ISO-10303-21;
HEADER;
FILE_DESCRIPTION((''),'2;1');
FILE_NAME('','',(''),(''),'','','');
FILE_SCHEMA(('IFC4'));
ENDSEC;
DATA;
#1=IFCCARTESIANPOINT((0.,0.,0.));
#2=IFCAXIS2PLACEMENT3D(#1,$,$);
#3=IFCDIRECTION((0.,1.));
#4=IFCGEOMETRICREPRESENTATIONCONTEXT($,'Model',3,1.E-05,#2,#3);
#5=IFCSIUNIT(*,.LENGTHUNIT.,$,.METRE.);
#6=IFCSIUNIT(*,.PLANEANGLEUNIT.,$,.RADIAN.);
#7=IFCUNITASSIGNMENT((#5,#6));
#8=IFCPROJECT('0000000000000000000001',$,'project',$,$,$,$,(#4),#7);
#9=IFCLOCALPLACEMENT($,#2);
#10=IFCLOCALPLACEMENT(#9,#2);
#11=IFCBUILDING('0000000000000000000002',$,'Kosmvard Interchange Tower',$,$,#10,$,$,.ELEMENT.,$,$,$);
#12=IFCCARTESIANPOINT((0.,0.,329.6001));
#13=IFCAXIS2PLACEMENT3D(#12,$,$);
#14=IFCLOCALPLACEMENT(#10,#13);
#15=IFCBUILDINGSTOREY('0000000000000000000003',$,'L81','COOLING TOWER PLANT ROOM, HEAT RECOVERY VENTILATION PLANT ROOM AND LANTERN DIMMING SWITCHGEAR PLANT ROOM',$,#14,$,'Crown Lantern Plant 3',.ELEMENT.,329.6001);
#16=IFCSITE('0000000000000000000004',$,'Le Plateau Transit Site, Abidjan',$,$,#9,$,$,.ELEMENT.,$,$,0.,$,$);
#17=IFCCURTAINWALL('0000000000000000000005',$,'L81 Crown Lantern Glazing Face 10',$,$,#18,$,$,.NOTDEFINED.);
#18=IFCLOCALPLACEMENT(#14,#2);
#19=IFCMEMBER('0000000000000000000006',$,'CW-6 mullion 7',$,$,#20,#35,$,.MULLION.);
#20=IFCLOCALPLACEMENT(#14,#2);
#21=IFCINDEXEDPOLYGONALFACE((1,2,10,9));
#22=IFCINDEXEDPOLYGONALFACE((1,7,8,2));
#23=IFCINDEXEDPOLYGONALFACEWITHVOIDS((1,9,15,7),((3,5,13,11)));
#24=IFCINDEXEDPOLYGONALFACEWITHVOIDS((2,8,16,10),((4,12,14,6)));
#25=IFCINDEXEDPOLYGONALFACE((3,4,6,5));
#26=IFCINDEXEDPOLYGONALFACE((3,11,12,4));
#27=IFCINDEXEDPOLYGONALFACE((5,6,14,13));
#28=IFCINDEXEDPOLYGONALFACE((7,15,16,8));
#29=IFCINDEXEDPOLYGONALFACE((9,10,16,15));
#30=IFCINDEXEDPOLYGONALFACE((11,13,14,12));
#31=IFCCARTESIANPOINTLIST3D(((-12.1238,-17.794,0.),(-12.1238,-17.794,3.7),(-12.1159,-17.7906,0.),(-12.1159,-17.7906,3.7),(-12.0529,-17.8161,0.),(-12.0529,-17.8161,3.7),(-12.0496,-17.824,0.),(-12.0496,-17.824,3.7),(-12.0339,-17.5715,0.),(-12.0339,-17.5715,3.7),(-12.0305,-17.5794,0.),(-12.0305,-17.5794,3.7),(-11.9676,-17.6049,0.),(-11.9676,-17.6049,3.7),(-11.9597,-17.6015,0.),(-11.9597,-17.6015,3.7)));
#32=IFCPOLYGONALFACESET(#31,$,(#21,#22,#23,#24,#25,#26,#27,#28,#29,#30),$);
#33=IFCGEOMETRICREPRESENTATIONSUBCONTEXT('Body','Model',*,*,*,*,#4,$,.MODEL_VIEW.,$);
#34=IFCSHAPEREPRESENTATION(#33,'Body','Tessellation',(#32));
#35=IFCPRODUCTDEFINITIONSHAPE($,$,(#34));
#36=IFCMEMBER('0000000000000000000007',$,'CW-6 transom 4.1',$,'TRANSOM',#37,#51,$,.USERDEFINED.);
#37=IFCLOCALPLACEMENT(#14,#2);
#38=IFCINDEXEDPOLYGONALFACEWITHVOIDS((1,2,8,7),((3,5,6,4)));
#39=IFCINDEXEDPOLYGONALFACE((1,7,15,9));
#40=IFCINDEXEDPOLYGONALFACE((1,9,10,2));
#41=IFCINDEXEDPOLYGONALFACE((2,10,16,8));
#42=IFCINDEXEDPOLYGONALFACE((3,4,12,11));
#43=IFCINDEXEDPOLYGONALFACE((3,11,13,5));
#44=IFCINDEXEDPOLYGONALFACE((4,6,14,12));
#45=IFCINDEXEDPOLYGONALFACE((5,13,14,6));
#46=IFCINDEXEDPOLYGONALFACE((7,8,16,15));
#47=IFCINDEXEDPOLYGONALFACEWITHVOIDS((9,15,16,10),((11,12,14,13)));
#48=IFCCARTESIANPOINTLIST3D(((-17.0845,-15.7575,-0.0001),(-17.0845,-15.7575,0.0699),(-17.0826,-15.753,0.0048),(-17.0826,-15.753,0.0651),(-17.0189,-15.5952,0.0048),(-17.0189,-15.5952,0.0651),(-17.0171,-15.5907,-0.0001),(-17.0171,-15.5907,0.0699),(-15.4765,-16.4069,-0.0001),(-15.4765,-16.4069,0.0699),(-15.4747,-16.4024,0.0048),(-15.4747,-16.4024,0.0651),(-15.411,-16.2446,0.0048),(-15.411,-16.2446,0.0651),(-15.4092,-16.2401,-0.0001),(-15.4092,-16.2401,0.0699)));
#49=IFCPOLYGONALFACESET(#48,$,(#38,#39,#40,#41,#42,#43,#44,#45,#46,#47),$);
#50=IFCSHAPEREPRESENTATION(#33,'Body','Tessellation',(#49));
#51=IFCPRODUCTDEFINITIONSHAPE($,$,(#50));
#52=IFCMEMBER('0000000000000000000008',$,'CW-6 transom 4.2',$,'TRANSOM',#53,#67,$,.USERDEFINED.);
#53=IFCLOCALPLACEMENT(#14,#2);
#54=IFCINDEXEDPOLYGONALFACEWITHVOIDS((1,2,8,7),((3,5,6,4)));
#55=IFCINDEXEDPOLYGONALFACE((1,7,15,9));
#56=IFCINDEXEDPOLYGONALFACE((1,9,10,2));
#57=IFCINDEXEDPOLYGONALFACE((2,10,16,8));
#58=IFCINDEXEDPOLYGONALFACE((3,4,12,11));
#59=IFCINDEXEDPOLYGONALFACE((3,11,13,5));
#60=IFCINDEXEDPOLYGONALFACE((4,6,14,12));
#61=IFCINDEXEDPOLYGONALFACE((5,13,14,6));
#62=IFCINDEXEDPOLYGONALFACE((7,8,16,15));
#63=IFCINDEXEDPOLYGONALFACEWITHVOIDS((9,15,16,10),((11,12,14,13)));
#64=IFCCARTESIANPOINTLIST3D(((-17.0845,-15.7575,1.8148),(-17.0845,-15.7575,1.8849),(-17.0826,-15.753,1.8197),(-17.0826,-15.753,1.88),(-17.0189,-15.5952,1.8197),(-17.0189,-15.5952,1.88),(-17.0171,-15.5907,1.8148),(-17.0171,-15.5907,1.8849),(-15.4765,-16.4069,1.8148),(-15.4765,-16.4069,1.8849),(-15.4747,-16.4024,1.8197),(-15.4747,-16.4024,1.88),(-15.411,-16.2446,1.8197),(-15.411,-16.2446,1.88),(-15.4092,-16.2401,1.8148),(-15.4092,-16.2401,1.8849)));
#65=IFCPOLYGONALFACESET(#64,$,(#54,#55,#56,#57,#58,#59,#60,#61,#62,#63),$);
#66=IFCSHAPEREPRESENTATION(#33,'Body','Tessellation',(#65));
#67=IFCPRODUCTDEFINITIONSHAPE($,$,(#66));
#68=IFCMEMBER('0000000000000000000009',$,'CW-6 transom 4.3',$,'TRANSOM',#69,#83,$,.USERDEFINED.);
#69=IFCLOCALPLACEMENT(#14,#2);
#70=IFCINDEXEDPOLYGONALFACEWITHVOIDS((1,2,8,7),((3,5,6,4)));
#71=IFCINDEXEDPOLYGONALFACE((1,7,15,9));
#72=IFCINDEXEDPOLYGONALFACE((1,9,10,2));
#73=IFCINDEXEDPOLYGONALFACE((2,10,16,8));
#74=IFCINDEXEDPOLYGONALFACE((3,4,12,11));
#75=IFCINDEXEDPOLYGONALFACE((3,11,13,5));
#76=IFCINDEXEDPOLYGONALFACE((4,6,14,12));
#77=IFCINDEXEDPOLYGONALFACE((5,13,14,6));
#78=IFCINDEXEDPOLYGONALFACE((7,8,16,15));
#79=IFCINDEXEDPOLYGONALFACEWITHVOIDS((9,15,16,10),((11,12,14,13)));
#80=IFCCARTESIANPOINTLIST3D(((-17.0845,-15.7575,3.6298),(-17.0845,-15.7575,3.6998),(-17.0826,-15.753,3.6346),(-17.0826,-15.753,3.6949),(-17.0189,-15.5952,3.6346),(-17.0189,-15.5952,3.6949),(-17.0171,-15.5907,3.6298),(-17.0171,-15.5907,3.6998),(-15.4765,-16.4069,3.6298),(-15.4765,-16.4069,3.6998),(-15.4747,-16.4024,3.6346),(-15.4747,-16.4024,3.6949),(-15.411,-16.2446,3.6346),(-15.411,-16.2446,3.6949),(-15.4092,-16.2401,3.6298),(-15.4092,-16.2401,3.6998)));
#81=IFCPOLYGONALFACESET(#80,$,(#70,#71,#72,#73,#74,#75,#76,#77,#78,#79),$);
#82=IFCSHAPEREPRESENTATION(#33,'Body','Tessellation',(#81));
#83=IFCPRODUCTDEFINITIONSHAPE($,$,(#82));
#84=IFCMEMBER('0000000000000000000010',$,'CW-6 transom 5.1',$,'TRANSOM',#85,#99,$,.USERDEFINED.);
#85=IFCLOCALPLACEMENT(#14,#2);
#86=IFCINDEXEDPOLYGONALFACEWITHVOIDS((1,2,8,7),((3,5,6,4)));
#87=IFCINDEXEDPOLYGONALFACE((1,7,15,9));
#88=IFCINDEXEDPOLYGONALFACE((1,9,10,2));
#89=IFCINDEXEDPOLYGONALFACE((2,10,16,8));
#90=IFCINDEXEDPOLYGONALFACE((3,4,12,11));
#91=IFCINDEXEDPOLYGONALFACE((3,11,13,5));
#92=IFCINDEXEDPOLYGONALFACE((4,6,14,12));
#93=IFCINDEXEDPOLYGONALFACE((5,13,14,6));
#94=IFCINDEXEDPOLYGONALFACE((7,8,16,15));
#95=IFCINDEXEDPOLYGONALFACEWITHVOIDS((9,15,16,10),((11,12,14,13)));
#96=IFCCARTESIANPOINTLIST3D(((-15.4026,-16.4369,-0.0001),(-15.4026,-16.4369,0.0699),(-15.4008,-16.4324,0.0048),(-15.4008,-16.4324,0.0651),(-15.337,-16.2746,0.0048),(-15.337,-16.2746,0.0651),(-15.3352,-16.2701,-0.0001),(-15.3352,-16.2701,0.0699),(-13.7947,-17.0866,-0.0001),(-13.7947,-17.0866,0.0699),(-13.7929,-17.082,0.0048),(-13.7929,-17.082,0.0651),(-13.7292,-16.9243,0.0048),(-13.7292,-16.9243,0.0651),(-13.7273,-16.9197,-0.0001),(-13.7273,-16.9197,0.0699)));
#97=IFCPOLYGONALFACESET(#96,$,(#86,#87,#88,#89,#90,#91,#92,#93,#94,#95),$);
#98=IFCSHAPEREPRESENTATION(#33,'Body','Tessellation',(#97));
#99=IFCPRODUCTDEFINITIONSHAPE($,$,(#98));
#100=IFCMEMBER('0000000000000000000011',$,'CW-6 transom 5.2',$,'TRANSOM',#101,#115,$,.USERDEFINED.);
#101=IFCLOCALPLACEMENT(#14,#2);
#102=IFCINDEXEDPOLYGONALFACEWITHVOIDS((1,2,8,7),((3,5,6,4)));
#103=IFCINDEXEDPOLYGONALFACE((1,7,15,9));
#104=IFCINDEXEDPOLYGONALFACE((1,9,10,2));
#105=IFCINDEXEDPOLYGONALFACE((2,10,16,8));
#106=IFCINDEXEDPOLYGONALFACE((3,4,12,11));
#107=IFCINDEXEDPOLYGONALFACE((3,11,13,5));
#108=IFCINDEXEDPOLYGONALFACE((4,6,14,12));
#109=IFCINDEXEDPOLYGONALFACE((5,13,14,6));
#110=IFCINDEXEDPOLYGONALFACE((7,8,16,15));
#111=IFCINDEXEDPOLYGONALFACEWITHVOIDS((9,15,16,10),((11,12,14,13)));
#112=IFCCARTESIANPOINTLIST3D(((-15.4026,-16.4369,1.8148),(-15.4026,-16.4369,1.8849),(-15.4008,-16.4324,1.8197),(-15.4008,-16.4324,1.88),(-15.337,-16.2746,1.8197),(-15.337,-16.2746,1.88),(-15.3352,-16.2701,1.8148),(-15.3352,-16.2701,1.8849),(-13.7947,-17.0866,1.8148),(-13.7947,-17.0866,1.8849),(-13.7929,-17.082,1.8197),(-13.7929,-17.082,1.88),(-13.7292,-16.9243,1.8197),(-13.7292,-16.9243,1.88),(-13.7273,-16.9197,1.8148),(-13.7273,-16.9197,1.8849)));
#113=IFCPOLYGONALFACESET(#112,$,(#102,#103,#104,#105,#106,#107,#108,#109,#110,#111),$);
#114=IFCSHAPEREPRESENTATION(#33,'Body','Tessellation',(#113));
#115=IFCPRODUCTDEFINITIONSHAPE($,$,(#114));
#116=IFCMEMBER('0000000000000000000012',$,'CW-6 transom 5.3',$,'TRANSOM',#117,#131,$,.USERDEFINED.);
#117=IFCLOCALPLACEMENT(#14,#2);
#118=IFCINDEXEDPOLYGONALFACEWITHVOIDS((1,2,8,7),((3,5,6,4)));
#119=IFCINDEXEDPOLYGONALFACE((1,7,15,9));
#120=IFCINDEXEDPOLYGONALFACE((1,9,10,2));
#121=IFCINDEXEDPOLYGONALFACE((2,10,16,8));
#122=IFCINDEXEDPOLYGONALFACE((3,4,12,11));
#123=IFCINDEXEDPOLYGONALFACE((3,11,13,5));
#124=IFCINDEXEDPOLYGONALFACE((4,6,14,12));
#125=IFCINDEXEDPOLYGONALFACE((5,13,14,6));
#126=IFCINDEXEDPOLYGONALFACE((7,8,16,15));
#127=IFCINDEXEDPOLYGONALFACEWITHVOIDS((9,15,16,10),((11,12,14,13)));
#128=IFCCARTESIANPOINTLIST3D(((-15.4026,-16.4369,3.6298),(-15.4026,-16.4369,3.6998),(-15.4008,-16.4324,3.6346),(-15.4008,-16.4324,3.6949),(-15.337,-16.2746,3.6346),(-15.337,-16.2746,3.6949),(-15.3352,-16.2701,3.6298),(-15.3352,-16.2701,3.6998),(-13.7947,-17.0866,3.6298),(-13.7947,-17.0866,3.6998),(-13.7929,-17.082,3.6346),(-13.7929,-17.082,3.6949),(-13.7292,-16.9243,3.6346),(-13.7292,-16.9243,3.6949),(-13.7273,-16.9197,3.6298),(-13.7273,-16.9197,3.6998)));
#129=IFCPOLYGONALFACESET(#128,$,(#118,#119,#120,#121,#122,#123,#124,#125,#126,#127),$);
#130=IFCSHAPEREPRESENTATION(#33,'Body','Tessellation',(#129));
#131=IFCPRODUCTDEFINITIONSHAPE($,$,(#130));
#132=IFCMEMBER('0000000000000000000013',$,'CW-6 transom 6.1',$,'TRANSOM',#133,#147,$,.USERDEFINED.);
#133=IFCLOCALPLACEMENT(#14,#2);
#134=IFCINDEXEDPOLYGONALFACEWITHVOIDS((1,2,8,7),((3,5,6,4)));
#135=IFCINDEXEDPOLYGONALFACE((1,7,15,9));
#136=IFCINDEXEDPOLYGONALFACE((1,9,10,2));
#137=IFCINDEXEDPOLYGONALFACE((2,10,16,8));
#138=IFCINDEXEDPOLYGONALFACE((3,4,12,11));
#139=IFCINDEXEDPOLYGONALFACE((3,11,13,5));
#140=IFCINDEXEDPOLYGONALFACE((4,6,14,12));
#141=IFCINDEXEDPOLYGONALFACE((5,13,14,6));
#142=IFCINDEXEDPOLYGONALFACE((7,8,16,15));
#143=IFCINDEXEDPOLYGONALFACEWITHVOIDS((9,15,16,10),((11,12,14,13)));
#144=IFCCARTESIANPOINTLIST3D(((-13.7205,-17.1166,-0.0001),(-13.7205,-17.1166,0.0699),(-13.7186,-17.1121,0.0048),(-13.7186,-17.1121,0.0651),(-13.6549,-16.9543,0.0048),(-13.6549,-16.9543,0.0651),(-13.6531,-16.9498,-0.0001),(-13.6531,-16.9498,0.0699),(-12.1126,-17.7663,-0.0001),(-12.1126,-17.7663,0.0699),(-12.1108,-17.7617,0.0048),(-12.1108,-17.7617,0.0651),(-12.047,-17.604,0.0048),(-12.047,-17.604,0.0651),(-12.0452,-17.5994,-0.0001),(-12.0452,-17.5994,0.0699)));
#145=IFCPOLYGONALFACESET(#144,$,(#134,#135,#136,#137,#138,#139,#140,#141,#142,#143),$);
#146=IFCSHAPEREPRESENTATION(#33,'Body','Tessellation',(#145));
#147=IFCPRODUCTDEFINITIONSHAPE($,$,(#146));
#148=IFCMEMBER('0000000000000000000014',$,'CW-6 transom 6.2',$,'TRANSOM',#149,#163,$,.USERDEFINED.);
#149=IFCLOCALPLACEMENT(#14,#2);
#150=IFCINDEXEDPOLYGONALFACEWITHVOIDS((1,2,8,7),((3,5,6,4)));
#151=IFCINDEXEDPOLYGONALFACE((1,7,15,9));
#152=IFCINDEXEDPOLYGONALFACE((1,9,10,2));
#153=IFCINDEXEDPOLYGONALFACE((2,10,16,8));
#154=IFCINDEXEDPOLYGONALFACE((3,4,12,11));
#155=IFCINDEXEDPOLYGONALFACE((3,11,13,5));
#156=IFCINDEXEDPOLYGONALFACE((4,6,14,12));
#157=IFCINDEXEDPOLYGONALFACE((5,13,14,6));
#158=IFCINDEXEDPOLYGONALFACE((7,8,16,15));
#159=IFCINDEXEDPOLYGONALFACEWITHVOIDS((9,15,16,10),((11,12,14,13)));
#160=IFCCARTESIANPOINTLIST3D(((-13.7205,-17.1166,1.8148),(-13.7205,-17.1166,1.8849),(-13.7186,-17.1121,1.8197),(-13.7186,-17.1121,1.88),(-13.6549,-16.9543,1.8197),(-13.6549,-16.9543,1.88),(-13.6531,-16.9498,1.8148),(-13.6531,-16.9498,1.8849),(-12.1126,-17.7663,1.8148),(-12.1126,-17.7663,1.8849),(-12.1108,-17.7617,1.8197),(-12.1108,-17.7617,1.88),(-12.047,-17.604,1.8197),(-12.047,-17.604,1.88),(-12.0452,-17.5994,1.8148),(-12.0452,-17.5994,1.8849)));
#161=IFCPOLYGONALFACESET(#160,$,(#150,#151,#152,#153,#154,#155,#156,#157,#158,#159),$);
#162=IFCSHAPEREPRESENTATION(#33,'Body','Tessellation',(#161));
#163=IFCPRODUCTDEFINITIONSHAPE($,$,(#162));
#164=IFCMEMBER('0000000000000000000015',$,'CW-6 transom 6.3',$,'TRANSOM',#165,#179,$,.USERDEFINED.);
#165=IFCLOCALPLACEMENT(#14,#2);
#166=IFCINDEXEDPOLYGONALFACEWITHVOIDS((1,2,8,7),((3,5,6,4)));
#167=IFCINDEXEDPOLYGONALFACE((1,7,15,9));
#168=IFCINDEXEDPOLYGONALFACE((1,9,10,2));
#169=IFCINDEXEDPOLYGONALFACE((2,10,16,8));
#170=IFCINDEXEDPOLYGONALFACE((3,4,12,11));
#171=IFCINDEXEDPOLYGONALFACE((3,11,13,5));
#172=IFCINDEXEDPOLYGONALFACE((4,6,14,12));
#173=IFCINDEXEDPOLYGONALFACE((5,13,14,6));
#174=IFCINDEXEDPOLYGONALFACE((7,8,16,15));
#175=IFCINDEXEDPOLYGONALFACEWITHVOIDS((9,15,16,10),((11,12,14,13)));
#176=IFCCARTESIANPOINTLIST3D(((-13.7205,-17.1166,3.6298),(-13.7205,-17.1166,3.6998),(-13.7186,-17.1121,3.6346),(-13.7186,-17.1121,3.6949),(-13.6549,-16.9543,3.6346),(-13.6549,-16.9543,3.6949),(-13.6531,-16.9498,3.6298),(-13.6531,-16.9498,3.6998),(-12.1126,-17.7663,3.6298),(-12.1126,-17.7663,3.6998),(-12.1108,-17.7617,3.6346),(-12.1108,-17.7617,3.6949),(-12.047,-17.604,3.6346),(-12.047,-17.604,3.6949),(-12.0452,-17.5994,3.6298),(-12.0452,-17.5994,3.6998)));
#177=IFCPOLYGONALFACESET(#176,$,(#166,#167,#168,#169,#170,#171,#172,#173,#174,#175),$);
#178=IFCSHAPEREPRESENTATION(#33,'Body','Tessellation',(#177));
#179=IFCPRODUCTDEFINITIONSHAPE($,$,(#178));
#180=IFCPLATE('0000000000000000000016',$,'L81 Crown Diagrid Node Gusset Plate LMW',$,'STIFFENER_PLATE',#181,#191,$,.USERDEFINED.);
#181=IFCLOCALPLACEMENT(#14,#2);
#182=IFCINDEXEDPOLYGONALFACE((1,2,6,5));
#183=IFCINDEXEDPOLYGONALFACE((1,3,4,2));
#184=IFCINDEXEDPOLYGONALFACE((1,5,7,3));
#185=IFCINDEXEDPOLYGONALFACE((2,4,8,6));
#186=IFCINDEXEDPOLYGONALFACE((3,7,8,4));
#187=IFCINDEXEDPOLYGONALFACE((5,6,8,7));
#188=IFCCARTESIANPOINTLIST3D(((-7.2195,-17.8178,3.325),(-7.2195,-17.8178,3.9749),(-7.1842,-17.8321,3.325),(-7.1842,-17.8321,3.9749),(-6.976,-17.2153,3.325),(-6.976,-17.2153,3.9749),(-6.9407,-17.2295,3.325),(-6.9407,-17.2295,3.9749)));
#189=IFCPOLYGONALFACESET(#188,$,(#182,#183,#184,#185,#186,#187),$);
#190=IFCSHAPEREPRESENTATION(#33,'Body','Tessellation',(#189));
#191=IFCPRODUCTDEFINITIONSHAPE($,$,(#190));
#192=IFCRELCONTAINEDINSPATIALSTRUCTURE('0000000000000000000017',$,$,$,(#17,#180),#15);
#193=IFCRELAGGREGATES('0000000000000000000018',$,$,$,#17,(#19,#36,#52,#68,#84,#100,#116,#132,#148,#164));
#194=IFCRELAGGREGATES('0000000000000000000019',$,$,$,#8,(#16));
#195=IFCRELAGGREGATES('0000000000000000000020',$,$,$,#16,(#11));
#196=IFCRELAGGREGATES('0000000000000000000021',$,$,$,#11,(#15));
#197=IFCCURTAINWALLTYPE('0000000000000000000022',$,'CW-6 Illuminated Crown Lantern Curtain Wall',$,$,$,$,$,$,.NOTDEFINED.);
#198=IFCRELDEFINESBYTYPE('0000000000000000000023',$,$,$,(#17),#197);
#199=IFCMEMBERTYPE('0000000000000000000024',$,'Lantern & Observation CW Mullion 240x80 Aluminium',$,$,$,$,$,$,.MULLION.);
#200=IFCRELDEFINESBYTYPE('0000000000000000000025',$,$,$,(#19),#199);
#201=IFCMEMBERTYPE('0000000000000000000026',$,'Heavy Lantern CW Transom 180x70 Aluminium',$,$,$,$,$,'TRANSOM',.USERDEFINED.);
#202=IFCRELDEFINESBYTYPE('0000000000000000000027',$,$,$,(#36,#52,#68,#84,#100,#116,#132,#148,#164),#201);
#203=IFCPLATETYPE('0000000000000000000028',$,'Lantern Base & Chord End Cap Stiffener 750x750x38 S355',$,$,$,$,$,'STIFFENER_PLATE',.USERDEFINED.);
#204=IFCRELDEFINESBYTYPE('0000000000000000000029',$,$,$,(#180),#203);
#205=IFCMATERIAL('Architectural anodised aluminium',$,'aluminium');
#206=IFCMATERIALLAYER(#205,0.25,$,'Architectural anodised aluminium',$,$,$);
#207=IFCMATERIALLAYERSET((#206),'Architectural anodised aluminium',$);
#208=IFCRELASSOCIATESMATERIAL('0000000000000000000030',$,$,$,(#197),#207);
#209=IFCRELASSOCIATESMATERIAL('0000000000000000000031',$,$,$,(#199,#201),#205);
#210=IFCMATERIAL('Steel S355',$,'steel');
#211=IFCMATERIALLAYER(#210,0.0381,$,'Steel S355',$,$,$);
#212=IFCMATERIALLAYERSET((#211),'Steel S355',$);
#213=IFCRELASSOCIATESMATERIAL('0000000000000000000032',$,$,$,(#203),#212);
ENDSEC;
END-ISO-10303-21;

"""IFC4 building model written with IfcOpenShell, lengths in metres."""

from ifc_helpers import new_model, si_unit, direction, frame, origin, origin_2d, place, context, subcontext, project, spatial, rectangle, hollow_rectangle, extrude, source, transform, mapped, material, layer, layer_set, material_profile, profile_set, type_object, element, aggregate, save


model = new_model("IFC4")

# Units and contexts
model_context = context("Model", 3, precision=1e-05, world=origin(), true_north=direction((0.0, 1.0)))
body_context = subcontext(model_context, "Body", "Model", "MODEL_VIEW")
ifc_project = project(units=[si_unit("LENGTHUNIT", "METRE"), si_unit("PLANEANGLEUNIT", "RADIAN")], contexts=[model_context])

# Site, building, storey
site_placement = place(None, origin())
site = spatial("IfcSite", under=ifc_project, at=site_placement, Name="Le Plateau Transit Site, Abidjan", CompositionType="ELEMENT", RefElevation=0.0)
building_placement = place(site_placement, origin())
building = spatial("IfcBuilding", under=site, at=building_placement, Name="Kosmvard Interchange Tower", CompositionType="ELEMENT")
storey_placement = place(building_placement, frame((0.0, 0.0, 329.6001)))
storey = spatial("IfcBuildingStorey", under=building, at=storey_placement, Name="L81", Description="COOLING TOWER PLANT ROOM, HEAT RECOVERY VENTILATION PLANT ROOM AND LANTERN DIMMING SWITCHGEAR PLANT ROOM", LongName="Crown Lantern Plant 3", CompositionType="ELEMENT", Elevation=329.6001)

# Shared definitions
ifc_material_1 = material(Name="Steel S355", Category="steel")

# Curtain wall, members
ifc_material_2 = material(Name="Architectural anodised aluminium", Category="aluminium")
ifc_layer_1 = layer(ifc_material_2, 0.25, Name="Architectural anodised aluminium")
ifc_layer_set_1 = layer_set([ifc_layer_1], Name="Architectural anodised aluminium")
curtain_wall_type = type_object("IfcCurtainWallType", Name="CW-6 Illuminated Crown Lantern Curtain Wall", PredefinedType="NOTDEFINED", material=ifc_layer_set_1)
curtain_wall_placement = place(storey_placement, origin())
curtain_wall = element("IfcCurtainWall", 1, at=curtain_wall_placement, inside=storey, type_object=curtain_wall_type, Name="L81 Crown Lantern Glazing Face 10", PredefinedType="NOTDEFINED")
ifc_material_profile_1 = material_profile(ifc_material_2, hollow_rectangle(XDim=0.24, YDim=0.0801, WallThickness=0.0061, at=origin_2d()), Name="CWM 240x80x6")
ifc_profile_set_1 = profile_set([ifc_material_profile_1], Name="Architectural anodised aluminium")
member_type_1 = type_object("IfcMemberType", Name="Lantern & Observation CW Mullion 240x80 Aluminium", PredefinedType="MULLION", material=ifc_profile_set_1)
shared_shape_1 = source(origin(), body_context, "Body", "SweptSolid", [
    extrude(hollow_rectangle(XDim=0.24, YDim=0.0801, WallThickness=0.0061, at=origin_2d()), origin(), (0.0, 0.0, 1.0), 3.7),
])
member_1_placement = place(storey_placement, frame((-12.0417, -17.6978, 0.0), z_axis=(0.0, 0.0, 1.0), x_axis=(0.374607, 0.927184, 0.0)))
member_1 = element("IfcMember", 2, at=member_1_placement, type_object=member_type_1, Name="CW-6 mullion 7", PredefinedType="MULLION", context=body_context, shape_type="MappedRepresentation", body=[
    mapped(shared_shape_1, transform((0.0, 0.0, 0.0), scale=1.0)),
])
ifc_material_profile_2 = material_profile(ifc_material_2, hollow_rectangle(XDim=0.1799, YDim=0.0701, WallThickness=0.0049, at=origin_2d()), Name="CWT 180x70x5")
ifc_profile_set_2 = profile_set([ifc_material_profile_2], Name="Architectural anodised aluminium")
member_type_2 = type_object("IfcMemberType", Name="Heavy Lantern CW Transom 180x70 Aluminium", ElementType="TRANSOM", PredefinedType="USERDEFINED", material=ifc_profile_set_2)
shared_shape_2 = source(origin(), body_context, "Body", "SweptSolid", [
    extrude(hollow_rectangle(XDim=0.1799, YDim=0.0701, WallThickness=0.0049, at=origin_2d()), origin(), (0.0, 0.0, 1.0), 1.7341),
])
member_2_placement = place(storey_placement, frame((-17.0508, -15.6741, 0.0349), z_axis=(0.927229, -0.374496, 0.0), x_axis=(0.374496, 0.927229, 0.0)))
member_2 = element("IfcMember", 3, at=member_2_placement, type_object=member_type_2, Name="CW-6 transom 4.1", ObjectType="TRANSOM", PredefinedType="USERDEFINED", context=body_context, shape_type="MappedRepresentation", body=[
    mapped(shared_shape_2, transform((0.0, 0.0, 0.0), scale=1.0)),
])
member_3_placement = place(storey_placement, frame((-17.0508, -15.6741, 1.8499), z_axis=(0.927229, -0.374496, 0.0), x_axis=(0.374496, 0.927229, 0.0)))
member_3 = element("IfcMember", 4, at=member_3_placement, type_object=member_type_2, Name="CW-6 transom 4.2", ObjectType="TRANSOM", PredefinedType="USERDEFINED", context=body_context, shape_type="MappedRepresentation", body=[
    mapped(shared_shape_2, transform((0.0, 0.0, 0.0), scale=1.0)),
])
member_4_placement = place(storey_placement, frame((-17.0508, -15.6741, 3.6648), z_axis=(0.927229, -0.374496, 0.0), x_axis=(0.374496, 0.927229, 0.0)))
member_4 = element("IfcMember", 5, at=member_4_placement, type_object=member_type_2, Name="CW-6 transom 4.3", ObjectType="TRANSOM", PredefinedType="USERDEFINED", context=body_context, shape_type="MappedRepresentation", body=[
    mapped(shared_shape_2, transform((0.0, 0.0, 0.0), scale=1.0)),
])
member_5_placement = place(storey_placement, frame((-15.3689, -16.3535, 0.0349), z_axis=(0.92718, -0.374617, 0.0), x_axis=(0.374617, 0.92718, 0.0)))
member_5 = element("IfcMember", 6, at=member_5_placement, type_object=member_type_2, Name="CW-6 transom 5.1", ObjectType="TRANSOM", PredefinedType="USERDEFINED", context=body_context, shape_type="MappedRepresentation", body=[
    mapped(shared_shape_2, transform((0.0, 0.0, 0.0), scale=1.0)),
])
member_6_placement = place(storey_placement, frame((-15.3689, -16.3535, 1.8499), z_axis=(0.92718, -0.374617, 0.0), x_axis=(0.374617, 0.92718, 0.0)))
member_6 = element("IfcMember", 7, at=member_6_placement, type_object=member_type_2, Name="CW-6 transom 5.2", ObjectType="TRANSOM", PredefinedType="USERDEFINED", context=body_context, shape_type="MappedRepresentation", body=[
    mapped(shared_shape_2, transform((0.0, 0.0, 0.0), scale=1.0)),
])
member_7_placement = place(storey_placement, frame((-15.3689, -16.3535, 3.6648), z_axis=(0.92718, -0.374617, 0.0), x_axis=(0.374617, 0.92718, 0.0)))
member_7 = element("IfcMember", 8, at=member_7_placement, type_object=member_type_2, Name="CW-6 transom 5.3", ObjectType="TRANSOM", PredefinedType="USERDEFINED", context=body_context, shape_type="MappedRepresentation", body=[
    mapped(shared_shape_2, transform((0.0, 0.0, 0.0), scale=1.0)),
])
member_8_placement = place(storey_placement, frame((-13.6868, -17.0332, 0.0349), z_axis=(0.92718, -0.374617, 0.0), x_axis=(0.374617, 0.92718, 0.0)))
member_8 = element("IfcMember", 9, at=member_8_placement, type_object=member_type_2, Name="CW-6 transom 6.1", ObjectType="TRANSOM", PredefinedType="USERDEFINED", context=body_context, shape_type="MappedRepresentation", body=[
    mapped(shared_shape_2, transform((0.0, 0.0, 0.0), scale=1.0)),
])
member_9_placement = place(storey_placement, frame((-13.6868, -17.0332, 1.8499), z_axis=(0.92718, -0.374617, 0.0), x_axis=(0.374617, 0.92718, 0.0)))
member_9 = element("IfcMember", 10, at=member_9_placement, type_object=member_type_2, Name="CW-6 transom 6.2", ObjectType="TRANSOM", PredefinedType="USERDEFINED", context=body_context, shape_type="MappedRepresentation", body=[
    mapped(shared_shape_2, transform((0.0, 0.0, 0.0), scale=1.0)),
])
member_10_placement = place(storey_placement, frame((-13.6868, -17.0332, 3.6648), z_axis=(0.92718, -0.374617, 0.0), x_axis=(0.374617, 0.92718, 0.0)))
member_10 = element("IfcMember", 11, at=member_10_placement, type_object=member_type_2, Name="CW-6 transom 6.3", ObjectType="TRANSOM", PredefinedType="USERDEFINED", context=body_context, shape_type="MappedRepresentation", body=[
    mapped(shared_shape_2, transform((0.0, 0.0, 0.0), scale=1.0)),
])

# Plate
ifc_layer_2 = layer(ifc_material_1, 0.0381, Name="Steel S355")
ifc_layer_set_2 = layer_set([ifc_layer_2], Name="Steel S355")
plate_type_1 = type_object("IfcPlateType", Name="Lantern Base & Chord End Cap Stiffener 750x750x38 S355", ElementType="STIFFENER_PLATE", PredefinedType="USERDEFINED", material=ifc_layer_set_2)
shared_shape_3 = source(origin(), body_context, "Body", "SweptSolid", [
    extrude(rectangle(XDim=0.6499, YDim=0.0381, at=origin_2d()), origin(), (0.0, 0.0, 1.0), 0.6499),
])
plate_1_placement = place(storey_placement, frame((-7.0801, -17.5237, 3.325), z_axis=(0.0, 0.0, 1.0), x_axis=(0.374607, 0.927184, 0.0)))
element("IfcPlate", 12, at=plate_1_placement, inside=storey, type_object=plate_type_1, Name="L81 Crown Diagrid Node Gusset Plate LMW", ObjectType="STIFFENER_PLATE", PredefinedType="USERDEFINED", context=body_context, shape_type="MappedRepresentation", body=[
    mapped(shared_shape_3, transform((0.0, 0.0, 0.0), scale=1.0)),
])
aggregate(curtain_wall, [member_1, member_2, member_3, member_4, member_5, member_6, member_7, member_8, member_9, member_10])

save(model, "model.ifc")
